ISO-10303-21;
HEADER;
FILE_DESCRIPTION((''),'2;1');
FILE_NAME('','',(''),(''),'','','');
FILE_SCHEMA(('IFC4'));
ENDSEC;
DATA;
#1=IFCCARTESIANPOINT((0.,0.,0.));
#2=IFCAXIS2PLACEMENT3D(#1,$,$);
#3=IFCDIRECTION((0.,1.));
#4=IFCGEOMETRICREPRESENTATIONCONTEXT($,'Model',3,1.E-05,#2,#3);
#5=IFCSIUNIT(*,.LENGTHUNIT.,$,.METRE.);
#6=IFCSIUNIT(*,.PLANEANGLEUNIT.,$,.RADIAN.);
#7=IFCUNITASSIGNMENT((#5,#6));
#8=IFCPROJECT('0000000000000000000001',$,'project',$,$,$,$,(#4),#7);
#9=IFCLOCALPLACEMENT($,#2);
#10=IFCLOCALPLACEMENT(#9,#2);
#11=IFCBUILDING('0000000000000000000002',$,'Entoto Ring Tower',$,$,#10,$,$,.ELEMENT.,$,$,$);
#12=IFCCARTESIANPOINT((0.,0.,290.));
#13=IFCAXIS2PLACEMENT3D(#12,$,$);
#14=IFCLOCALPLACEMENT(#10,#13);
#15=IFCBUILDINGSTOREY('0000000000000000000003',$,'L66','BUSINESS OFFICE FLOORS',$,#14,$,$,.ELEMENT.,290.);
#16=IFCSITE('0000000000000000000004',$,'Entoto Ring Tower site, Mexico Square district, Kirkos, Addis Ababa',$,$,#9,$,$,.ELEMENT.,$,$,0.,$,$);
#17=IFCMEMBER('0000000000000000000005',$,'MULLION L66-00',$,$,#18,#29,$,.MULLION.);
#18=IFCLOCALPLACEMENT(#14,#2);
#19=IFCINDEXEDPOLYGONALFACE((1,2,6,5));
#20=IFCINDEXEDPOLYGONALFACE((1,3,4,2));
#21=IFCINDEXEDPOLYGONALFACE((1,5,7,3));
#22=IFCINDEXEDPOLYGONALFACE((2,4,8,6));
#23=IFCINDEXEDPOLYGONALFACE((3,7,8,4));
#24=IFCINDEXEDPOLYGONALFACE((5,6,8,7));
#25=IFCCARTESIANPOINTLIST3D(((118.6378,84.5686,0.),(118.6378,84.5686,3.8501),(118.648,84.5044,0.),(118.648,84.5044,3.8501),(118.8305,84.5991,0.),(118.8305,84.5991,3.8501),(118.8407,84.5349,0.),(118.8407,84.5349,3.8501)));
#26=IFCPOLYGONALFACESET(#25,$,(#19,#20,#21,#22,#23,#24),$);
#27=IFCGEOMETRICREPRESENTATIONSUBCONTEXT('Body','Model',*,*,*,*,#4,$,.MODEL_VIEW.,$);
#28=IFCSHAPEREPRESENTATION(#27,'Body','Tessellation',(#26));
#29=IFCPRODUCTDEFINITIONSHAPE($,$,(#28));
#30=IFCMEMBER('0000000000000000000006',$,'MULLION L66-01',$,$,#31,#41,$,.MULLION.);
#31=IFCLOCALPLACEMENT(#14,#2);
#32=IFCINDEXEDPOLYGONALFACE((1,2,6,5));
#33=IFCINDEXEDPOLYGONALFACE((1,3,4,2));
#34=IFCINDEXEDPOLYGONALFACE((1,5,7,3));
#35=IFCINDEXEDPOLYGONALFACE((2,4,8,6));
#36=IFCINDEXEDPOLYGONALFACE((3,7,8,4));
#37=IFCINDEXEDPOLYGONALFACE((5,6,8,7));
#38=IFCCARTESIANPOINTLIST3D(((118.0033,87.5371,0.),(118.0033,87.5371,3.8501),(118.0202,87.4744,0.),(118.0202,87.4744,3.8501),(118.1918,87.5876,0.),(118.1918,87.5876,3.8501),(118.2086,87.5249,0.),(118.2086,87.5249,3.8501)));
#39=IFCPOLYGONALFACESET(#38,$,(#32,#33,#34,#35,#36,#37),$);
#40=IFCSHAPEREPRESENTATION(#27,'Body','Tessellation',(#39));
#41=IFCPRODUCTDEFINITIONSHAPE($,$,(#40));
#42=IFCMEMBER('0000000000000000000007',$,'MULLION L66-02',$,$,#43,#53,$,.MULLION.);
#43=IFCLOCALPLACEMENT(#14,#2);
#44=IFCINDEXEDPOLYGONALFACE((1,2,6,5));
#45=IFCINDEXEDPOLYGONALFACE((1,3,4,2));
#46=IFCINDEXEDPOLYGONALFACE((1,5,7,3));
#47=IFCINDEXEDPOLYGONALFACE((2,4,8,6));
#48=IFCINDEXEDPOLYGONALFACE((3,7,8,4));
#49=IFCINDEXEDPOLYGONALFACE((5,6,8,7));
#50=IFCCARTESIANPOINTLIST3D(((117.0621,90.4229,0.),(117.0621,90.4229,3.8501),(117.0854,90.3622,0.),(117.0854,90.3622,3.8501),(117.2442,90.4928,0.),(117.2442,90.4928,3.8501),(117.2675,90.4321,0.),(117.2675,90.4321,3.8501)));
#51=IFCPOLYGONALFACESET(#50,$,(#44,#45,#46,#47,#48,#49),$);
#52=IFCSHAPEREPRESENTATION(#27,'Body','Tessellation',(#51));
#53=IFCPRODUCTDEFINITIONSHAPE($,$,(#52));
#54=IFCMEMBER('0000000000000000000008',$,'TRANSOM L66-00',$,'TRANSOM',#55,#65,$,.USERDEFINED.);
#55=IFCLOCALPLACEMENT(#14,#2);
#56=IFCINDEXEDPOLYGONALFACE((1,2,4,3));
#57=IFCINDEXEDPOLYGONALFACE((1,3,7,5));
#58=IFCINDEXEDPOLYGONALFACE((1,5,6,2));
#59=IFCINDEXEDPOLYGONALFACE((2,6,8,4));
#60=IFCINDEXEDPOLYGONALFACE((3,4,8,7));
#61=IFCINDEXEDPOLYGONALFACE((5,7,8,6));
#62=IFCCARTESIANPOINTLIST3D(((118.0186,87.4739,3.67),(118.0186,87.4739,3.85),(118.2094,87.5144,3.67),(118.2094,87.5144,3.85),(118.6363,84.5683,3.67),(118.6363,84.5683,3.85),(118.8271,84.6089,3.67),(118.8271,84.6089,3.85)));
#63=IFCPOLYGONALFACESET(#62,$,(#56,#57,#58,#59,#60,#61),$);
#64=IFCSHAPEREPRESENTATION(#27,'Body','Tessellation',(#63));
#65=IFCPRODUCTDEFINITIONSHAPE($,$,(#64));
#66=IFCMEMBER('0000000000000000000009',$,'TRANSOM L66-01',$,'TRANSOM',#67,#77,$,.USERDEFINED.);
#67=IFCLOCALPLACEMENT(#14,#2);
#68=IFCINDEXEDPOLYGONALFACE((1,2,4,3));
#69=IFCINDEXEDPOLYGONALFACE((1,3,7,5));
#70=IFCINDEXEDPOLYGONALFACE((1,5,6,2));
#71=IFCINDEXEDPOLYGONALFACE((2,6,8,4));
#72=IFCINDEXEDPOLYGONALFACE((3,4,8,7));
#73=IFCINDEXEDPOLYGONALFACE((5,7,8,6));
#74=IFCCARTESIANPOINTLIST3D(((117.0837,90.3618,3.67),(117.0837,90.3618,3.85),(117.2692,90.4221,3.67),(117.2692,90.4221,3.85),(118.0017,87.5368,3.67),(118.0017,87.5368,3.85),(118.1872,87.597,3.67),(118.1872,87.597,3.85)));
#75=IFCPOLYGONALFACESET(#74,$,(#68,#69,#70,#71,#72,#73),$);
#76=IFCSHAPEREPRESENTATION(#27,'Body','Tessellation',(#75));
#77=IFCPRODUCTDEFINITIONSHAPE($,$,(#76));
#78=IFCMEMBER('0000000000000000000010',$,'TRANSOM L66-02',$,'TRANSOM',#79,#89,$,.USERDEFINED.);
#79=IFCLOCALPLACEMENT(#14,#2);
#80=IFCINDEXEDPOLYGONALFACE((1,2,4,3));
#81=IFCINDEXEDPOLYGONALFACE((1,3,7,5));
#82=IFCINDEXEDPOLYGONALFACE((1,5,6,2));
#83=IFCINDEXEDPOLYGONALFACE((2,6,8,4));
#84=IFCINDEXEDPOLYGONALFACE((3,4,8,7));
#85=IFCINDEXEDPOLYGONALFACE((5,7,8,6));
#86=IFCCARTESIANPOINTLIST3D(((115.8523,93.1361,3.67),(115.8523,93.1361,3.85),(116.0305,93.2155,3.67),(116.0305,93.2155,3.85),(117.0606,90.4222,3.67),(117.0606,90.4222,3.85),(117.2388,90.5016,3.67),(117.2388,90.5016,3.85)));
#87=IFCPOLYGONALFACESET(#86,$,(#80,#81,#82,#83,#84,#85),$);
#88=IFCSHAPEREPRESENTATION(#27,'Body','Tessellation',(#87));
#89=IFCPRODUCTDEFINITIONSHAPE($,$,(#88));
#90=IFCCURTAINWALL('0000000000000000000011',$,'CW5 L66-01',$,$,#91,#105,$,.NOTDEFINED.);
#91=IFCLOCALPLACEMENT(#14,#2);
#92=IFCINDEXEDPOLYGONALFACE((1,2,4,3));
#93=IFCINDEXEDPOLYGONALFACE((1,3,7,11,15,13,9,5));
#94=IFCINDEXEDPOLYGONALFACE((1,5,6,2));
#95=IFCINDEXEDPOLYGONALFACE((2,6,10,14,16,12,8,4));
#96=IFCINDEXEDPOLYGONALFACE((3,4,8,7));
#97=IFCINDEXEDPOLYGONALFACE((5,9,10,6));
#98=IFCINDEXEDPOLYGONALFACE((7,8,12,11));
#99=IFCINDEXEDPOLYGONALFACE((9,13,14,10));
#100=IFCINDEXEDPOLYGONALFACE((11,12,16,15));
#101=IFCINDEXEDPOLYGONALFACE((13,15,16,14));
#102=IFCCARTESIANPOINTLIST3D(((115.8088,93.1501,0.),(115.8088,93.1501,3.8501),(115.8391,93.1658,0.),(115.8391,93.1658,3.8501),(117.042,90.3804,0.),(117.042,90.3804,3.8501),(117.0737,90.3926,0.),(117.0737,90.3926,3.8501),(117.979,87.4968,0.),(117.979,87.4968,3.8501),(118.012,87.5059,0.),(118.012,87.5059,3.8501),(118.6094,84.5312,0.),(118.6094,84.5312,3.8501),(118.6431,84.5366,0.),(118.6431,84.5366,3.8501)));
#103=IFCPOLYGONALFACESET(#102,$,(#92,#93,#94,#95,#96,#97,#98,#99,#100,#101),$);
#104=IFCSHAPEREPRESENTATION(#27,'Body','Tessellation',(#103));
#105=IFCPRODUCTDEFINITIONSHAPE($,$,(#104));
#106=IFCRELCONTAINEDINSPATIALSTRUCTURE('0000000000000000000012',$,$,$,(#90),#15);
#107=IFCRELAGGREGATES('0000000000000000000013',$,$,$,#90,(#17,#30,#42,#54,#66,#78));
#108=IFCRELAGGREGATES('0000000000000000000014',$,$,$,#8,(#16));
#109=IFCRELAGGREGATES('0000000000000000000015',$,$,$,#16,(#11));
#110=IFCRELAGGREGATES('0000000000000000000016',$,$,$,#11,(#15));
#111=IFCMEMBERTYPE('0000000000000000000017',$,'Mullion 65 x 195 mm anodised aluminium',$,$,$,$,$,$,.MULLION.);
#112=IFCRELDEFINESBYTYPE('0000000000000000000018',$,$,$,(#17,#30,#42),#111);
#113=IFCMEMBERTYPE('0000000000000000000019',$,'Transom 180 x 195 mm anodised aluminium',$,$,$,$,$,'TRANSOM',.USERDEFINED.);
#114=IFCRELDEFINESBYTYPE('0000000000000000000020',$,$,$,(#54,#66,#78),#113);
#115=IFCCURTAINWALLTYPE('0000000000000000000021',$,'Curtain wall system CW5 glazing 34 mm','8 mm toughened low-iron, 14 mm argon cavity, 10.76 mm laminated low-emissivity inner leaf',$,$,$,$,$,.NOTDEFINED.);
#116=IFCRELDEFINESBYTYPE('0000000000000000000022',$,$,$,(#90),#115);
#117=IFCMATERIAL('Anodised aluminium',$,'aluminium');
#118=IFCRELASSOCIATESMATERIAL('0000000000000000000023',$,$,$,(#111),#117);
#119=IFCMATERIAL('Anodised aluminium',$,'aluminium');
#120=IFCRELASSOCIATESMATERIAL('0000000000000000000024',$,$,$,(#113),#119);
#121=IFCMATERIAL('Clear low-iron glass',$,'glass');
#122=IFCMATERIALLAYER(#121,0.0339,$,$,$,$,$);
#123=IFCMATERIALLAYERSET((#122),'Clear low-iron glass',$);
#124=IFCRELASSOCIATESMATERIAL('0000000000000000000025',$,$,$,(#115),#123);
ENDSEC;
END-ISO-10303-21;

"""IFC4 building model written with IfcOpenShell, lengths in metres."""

from ifc_helpers import new_model, si_unit, direction, frame, origin, origin_2d, place, context, subcontext, project, spatial, polyline, rectangle, outline, extrude, material, layer, layer_set, material_profile, profile_set, type_object, element, aggregate, save


model = new_model("IFC4")

# Units and contexts
model_context = context("Model", 3, precision=1e-05, world=origin(), true_north=direction((0.0, 1.0)))
body_context = subcontext(model_context, "Body", "Model", "MODEL_VIEW")
ifc_project = project(units=[si_unit("LENGTHUNIT", "METRE"), si_unit("PLANEANGLEUNIT", "RADIAN")], contexts=[model_context])

# Members
ifc_material_1 = material(Name="Anodised aluminium", Category="aluminium")
ifc_material_profile_1 = material_profile(ifc_material_1, rectangle(XDim=0.0649, YDim=0.1951, at=origin_2d()), Name="Mullion 65 x 195 mm anodised aluminium")
ifc_profile_set_1 = profile_set([ifc_material_profile_1], Name="Anodised aluminium")
member_type_1 = type_object("IfcMemberType", Name="Mullion 65 x 195 mm anodised aluminium", PredefinedType="MULLION", material=ifc_profile_set_1)
site_placement = place(None, origin())
building_placement = place(site_placement, origin())
storey_placement = place(building_placement, frame((0.0, 0.0, 290.0)))
member_1_placement = place(storey_placement, frame((118.7393, 84.5518, 0.0), z_axis=(0.0, 0.0, 1.0), x_axis=(-0.156434, 0.987688, 0.0)))
member_1 = element("IfcMember", 1, at=member_1_placement, type_object=member_type_1, Name="MULLION L66-00", PredefinedType="MULLION", context=body_context, shape_type="SweptSolid", body=[
    extrude(rectangle(XDim=0.0649, YDim=0.1951, at=origin_2d()), origin(), (0.0, 0.0, 1.0), 3.8501),
])
member_2_placement = place(storey_placement, frame((118.106, 87.531, 0.0), z_axis=(0.0, 0.0, 1.0), x_axis=(-0.258819, 0.965926, 0.0)))
member_2 = element("IfcMember", 2, at=member_2_placement, type_object=member_type_1, Name="MULLION L66-01", PredefinedType="MULLION", context=body_context, shape_type="SweptSolid", body=[
    extrude(rectangle(XDim=0.0649, YDim=0.1951, at=origin_2d()), origin(), (0.0, 0.0, 1.0), 3.8501),
])
member_3_placement = place(storey_placement, frame((117.1648, 90.4275, 0.0), z_axis=(0.0, 0.0, 1.0), x_axis=(-0.358368, 0.93358, 0.0)))
member_3 = element("IfcMember", 3, at=member_3_placement, type_object=member_type_1, Name="MULLION L66-02", PredefinedType="MULLION", context=body_context, shape_type="SweptSolid", body=[
    extrude(rectangle(XDim=0.0649, YDim=0.1951, at=origin_2d()), origin(), (0.0, 0.0, 1.0), 3.8501),
])
ifc_material_2 = material(Name="Anodised aluminium", Category="aluminium")
ifc_material_profile_2 = material_profile(ifc_material_2, rectangle(XDim=0.1951, YDim=0.1799, at=origin_2d()), Name="Transom 180 x 195 mm anodised aluminium")
ifc_profile_set_2 = profile_set([ifc_material_profile_2], Name="Anodised aluminium")
member_type_2 = type_object("IfcMemberType", Name="Transom 180 x 195 mm anodised aluminium", ElementType="TRANSOM", PredefinedType="USERDEFINED", material=ifc_profile_set_2)
member_4_placement = place(storey_placement, frame((118.7317, 84.5886, 3.76), z_axis=(-0.20794, 0.978142, 0.0), x_axis=(-0.978142, -0.20794, 0.0)))
member_4 = element("IfcMember", 4, at=member_4_placement, type_object=member_type_2, Name="TRANSOM L66-00", ObjectType="TRANSOM", PredefinedType="USERDEFINED", context=body_context, shape_type="SweptSolid", body=[
    extrude(rectangle(XDim=0.1951, YDim=0.1799, at=origin_2d()), origin(), (0.0, 0.0, 1.0), 2.9705),
])
member_5_placement = place(storey_placement, frame((118.0945, 87.5669, 3.76), z_axis=(-0.309043, 0.951048, 0.0), x_axis=(-0.951048, -0.309043, 0.0)))
member_5 = element("IfcMember", 5, at=member_5_placement, type_object=member_type_2, Name="TRANSOM L66-01", ObjectType="TRANSOM", PredefinedType="USERDEFINED", context=body_context, shape_type="SweptSolid", body=[
    extrude(rectangle(XDim=0.1951, YDim=0.1799, at=origin_2d()), origin(), (0.0, 0.0, 1.0), 2.9705),
])
member_6_placement = place(storey_placement, frame((117.1497, 90.4619, 3.76), z_axis=(-0.406726, 0.91355, 0.0), x_axis=(-0.91355, -0.406726, 0.0)))
member_6 = element("IfcMember", 6, at=member_6_placement, type_object=member_type_2, Name="TRANSOM L66-02", ObjectType="TRANSOM", PredefinedType="USERDEFINED", context=body_context, shape_type="SweptSolid", body=[
    extrude(rectangle(XDim=0.1951, YDim=0.1799, at=origin_2d()), origin(), (0.0, 0.0, 1.0), 2.9707),
])

# Site, building, storey
site = spatial("IfcSite", under=ifc_project, at=site_placement, Name="Entoto Ring Tower site, Mexico Square district, Kirkos, Addis Ababa", CompositionType="ELEMENT", RefElevation=0.0)
building = spatial("IfcBuilding", under=site, at=building_placement, Name="Entoto Ring Tower", CompositionType="ELEMENT")
storey = spatial("IfcBuildingStorey", under=building, at=storey_placement, Name="L66", Description="BUSINESS OFFICE FLOORS", CompositionType="ELEMENT", Elevation=290.0)

# Curtain wall
ifc_material_3 = material(Name="Clear low-iron glass", Category="glass")
ifc_layer_1 = layer(ifc_material_3, 0.0339)
ifc_layer_set_1 = layer_set([ifc_layer_1], Name="Clear low-iron glass")
curtain_wall_type = type_object("IfcCurtainWallType", Name="Curtain wall system CW5 glazing 34 mm", Description="8 mm toughened low-iron, 14 mm argon cavity, 10.76 mm laminated low-emissivity inner leaf", PredefinedType="NOTDEFINED", material=ifc_layer_set_1)
curtain_wall_1_placement = place(storey_placement, origin())
curtain_wall_1 = element("IfcCurtainWall", 7, at=curtain_wall_1_placement, inside=storey, type_object=curtain_wall_type, Name="CW5 L66-01", PredefinedType="NOTDEFINED", context=body_context, shape_type="SweptSolid", body=[
    extrude(outline(polyline([(118.6431, 84.5366), (118.012, 87.5059), (117.0737, 90.3926), (115.8391, 93.1658), (115.8088, 93.1501), (117.042, 90.3804), (117.979, 87.4968), (118.6094, 84.5312), (118.6431, 84.5366)])), origin(), (0.0, 0.0, 1.0), 3.8501),
])
aggregate(curtain_wall_1, [member_1, member_2, member_3, member_4, member_5, member_6])

save(model, "model.ifc")
